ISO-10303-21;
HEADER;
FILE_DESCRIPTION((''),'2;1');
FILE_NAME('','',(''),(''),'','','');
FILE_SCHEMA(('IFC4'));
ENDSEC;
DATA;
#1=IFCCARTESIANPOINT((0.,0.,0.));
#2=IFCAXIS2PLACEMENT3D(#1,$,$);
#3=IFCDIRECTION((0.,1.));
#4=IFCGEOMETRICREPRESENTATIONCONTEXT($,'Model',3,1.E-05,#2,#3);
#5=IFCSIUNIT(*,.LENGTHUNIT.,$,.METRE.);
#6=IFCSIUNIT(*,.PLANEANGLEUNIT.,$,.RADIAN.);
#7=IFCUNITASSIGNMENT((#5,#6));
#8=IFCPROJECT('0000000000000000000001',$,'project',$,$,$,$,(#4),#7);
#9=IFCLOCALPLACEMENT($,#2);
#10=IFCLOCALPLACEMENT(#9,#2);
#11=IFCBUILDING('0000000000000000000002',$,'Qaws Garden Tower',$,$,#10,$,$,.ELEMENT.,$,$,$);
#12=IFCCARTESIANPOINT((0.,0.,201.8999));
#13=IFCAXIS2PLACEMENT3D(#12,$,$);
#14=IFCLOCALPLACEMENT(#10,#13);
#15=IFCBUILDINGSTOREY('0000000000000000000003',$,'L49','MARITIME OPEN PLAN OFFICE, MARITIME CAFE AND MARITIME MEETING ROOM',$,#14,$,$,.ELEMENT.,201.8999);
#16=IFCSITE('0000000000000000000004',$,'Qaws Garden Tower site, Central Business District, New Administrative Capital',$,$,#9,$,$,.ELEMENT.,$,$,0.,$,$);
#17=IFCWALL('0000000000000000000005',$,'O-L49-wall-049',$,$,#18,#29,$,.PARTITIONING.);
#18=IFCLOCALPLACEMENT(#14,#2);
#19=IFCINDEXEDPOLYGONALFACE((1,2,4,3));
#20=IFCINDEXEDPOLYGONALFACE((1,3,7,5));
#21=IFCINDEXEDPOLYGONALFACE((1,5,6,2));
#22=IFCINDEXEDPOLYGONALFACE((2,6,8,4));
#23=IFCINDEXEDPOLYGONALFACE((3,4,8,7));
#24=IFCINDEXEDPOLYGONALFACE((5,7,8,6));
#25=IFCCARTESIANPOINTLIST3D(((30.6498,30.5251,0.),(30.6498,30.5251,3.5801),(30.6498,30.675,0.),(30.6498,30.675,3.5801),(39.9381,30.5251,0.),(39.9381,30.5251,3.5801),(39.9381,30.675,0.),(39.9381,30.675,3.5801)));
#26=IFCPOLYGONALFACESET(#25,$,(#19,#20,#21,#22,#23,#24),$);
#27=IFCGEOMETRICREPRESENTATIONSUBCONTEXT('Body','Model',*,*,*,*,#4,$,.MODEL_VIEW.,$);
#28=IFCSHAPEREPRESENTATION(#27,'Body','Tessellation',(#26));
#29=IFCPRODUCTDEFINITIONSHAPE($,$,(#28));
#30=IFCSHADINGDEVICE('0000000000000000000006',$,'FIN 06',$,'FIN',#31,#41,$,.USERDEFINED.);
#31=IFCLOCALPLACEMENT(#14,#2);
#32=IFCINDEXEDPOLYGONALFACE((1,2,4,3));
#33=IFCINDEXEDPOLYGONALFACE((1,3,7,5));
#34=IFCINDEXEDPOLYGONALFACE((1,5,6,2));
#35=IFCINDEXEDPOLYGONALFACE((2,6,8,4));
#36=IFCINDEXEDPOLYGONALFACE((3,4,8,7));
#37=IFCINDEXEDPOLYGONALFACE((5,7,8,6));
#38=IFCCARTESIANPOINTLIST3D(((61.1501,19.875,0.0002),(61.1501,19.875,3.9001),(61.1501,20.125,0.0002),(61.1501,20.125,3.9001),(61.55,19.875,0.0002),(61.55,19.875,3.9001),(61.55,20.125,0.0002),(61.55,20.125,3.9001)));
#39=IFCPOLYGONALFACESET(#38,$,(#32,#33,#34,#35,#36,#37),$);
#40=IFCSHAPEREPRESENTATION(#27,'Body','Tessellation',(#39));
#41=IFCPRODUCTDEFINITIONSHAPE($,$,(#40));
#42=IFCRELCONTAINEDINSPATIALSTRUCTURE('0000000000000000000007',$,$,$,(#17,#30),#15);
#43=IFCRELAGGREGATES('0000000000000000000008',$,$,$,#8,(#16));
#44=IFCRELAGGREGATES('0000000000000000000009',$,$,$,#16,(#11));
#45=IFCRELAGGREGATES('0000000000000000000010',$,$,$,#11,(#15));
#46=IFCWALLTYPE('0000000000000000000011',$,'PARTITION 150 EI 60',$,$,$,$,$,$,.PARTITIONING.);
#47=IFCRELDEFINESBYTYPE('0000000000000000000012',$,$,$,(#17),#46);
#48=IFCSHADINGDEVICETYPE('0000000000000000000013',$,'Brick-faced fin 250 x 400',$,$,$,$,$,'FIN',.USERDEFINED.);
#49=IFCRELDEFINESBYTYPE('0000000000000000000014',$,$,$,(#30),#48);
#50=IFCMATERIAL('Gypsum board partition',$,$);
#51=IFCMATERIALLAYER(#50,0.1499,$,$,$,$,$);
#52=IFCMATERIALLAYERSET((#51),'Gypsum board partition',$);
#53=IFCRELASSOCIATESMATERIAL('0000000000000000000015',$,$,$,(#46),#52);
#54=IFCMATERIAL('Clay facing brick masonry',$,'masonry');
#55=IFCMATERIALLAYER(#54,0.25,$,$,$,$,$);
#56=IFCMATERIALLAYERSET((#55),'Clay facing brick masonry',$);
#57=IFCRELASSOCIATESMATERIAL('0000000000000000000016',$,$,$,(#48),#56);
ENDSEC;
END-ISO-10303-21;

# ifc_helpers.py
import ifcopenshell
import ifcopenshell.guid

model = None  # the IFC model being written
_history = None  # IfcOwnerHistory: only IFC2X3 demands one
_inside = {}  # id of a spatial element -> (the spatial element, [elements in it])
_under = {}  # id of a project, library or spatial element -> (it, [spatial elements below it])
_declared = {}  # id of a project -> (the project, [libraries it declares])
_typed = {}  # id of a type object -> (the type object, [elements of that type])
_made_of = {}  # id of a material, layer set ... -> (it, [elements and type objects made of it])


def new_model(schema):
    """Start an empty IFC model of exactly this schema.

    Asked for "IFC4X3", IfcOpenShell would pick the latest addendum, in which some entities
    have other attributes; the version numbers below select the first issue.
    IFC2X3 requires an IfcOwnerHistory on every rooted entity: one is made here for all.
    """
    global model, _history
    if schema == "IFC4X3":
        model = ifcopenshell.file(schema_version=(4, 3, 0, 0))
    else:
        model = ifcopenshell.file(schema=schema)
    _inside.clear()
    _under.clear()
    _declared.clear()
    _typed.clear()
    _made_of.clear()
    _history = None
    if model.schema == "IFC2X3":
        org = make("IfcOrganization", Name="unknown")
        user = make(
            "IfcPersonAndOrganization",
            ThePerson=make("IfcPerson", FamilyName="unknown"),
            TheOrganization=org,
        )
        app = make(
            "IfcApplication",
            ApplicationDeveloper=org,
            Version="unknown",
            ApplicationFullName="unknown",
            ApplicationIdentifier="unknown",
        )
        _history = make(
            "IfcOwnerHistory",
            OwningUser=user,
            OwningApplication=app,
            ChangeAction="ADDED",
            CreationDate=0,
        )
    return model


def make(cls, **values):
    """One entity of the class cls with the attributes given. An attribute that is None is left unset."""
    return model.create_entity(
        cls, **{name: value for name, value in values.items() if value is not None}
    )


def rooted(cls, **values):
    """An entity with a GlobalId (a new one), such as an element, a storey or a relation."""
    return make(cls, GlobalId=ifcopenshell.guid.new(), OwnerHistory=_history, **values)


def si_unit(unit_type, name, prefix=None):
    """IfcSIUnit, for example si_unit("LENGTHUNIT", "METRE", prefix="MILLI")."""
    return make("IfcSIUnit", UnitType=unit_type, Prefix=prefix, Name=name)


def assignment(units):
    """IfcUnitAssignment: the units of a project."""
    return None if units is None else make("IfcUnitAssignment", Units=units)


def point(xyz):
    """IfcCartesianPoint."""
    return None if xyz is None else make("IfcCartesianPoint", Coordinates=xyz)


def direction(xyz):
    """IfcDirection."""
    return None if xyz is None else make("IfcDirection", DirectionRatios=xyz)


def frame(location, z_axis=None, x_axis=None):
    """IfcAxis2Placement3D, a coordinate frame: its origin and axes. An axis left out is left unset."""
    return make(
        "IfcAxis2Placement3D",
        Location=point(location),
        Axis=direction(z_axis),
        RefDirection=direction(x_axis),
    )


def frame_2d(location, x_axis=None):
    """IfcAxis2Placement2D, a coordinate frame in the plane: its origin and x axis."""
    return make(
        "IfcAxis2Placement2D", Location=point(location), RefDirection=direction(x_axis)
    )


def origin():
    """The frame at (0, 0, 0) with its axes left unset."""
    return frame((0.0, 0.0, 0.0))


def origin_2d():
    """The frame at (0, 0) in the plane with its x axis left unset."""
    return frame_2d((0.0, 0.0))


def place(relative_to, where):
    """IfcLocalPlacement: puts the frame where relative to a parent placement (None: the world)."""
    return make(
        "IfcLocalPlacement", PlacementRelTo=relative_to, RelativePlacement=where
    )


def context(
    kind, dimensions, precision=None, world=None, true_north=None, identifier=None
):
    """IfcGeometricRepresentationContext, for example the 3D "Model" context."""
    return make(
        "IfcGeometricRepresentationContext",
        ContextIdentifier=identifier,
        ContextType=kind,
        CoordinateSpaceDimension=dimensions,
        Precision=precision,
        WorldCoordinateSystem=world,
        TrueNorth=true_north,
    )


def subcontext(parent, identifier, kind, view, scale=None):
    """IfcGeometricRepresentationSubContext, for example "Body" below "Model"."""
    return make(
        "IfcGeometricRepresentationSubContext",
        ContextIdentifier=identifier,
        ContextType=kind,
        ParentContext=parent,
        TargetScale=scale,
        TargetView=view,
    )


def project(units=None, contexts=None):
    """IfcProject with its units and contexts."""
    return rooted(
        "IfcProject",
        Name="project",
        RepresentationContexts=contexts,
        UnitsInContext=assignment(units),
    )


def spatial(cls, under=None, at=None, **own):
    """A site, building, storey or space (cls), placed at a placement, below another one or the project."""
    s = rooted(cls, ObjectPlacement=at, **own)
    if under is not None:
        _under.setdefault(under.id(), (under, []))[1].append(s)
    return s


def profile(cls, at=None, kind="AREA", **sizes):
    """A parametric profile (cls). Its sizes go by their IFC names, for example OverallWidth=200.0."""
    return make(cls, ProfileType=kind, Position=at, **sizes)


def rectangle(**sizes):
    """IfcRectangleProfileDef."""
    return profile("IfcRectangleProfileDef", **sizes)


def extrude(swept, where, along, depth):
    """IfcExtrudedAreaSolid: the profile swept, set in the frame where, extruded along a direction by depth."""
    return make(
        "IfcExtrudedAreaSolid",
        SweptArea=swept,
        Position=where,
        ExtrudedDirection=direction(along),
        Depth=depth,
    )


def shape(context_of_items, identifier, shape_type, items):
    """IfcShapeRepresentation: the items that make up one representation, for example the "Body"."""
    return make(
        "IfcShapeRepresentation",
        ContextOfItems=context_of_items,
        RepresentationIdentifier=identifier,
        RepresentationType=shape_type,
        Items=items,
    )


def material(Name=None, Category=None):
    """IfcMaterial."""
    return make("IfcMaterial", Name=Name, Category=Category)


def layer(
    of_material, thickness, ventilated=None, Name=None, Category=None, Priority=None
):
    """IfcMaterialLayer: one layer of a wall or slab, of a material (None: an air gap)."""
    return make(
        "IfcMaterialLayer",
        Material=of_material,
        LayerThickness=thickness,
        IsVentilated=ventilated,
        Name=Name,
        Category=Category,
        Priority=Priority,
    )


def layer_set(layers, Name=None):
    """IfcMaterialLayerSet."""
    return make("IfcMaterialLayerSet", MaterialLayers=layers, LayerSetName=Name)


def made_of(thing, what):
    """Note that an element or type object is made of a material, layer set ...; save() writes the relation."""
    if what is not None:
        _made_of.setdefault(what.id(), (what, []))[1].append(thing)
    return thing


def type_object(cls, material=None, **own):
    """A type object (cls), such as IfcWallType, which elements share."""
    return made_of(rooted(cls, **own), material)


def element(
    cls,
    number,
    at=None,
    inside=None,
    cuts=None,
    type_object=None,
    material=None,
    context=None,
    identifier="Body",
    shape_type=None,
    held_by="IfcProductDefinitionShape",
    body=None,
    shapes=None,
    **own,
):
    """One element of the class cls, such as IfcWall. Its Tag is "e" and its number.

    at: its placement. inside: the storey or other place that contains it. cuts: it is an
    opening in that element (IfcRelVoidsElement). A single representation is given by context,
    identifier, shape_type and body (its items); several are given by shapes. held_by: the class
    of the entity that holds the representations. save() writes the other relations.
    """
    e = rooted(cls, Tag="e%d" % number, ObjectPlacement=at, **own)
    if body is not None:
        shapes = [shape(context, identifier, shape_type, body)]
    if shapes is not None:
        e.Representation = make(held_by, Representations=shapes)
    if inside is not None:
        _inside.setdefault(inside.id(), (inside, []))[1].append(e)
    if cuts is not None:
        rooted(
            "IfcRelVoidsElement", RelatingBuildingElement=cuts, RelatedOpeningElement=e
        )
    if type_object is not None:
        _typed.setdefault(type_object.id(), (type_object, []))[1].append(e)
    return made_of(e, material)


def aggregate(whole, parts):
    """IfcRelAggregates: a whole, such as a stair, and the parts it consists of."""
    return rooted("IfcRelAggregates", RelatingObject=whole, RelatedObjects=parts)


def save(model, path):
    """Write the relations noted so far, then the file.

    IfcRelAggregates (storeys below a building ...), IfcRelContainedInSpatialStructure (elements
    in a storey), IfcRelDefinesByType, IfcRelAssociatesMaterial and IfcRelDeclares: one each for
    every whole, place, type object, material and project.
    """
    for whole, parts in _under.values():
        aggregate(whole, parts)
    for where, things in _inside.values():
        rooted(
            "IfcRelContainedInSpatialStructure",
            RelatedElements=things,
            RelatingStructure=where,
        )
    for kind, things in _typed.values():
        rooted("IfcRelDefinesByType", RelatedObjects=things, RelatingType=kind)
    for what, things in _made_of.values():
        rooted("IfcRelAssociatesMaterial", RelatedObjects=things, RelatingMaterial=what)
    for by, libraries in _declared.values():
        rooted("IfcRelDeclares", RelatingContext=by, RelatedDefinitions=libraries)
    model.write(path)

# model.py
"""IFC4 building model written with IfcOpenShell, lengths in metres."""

from ifc_helpers import new_model, si_unit, direction, frame, frame_2d, origin, origin_2d, place, context, subcontext, project, spatial, rectangle, extrude, material, layer, layer_set, type_object, element, save


model = new_model("IFC4")

# Units and contexts
model_context = context("Model", 3, precision=1e-05, world=origin(), true_north=direction((0.0, 1.0)))
body_context = subcontext(model_context, "Body", "Model", "MODEL_VIEW")
ifc_project = project(units=[si_unit("LENGTHUNIT", "METRE"), si_unit("PLANEANGLEUNIT", "RADIAN")], contexts=[model_context])

# Site, building, storey
site_placement = place(None, origin())
site = spatial("IfcSite", under=ifc_project, at=site_placement, Name="Qaws Garden Tower site, Central Business District, New Administrative Capital", CompositionType="ELEMENT", RefElevation=0.0)
building_placement = place(site_placement, origin())
building = spatial("IfcBuilding", under=site, at=building_placement, Name="Qaws Garden Tower", CompositionType="ELEMENT")
storey_placement = place(building_placement, frame((0.0, 0.0, 201.8999)))
storey = spatial("IfcBuildingStorey", under=building, at=storey_placement, Name="L49", Description="MARITIME OPEN PLAN OFFICE, MARITIME CAFE AND MARITIME MEETING ROOM", CompositionType="ELEMENT", Elevation=201.8999)

# Shared definitions
ifc_material_1 = material(Name="Gypsum board partition")
ifc_layer_1 = layer(ifc_material_1, 0.1499)
ifc_layer_set_1 = layer_set([ifc_layer_1], Name="Gypsum board partition")
wall_type_1 = type_object("IfcWallType", Name="PARTITION 150 EI 60", PredefinedType="PARTITIONING", material=ifc_layer_set_1)

# Wall
wall_1_placement = place(storey_placement, frame((30.6499, 30.6001, 0.0), z_axis=(0.0, 0.0, 1.0), x_axis=(1.0, 0.0, 0.0)))
element("IfcWall", 1, at=wall_1_placement, inside=storey, type_object=wall_type_1, Name="O-L49-wall-049", PredefinedType="PARTITIONING", context=body_context, shape_type="SweptSolid", body=[
    extrude(rectangle(XDim=9.2883, YDim=0.1499, at=frame_2d((4.644, 0.0))), origin(), (0.0, 0.0, 1.0), 3.5801),
])

# Shading device
ifc_material_2 = material(Name="Clay facing brick masonry", Category="masonry")
ifc_layer_2 = layer(ifc_material_2, 0.25)
ifc_layer_set_2 = layer_set([ifc_layer_2], Name="Clay facing brick masonry")
shading_device_type = type_object("IfcShadingDeviceType", Name="Brick-faced fin 250 x 400", ElementType="FIN", PredefinedType="USERDEFINED", material=ifc_layer_set_2)
shading_device_placement = place(storey_placement, frame((61.3501, 20.0, 0.0002), z_axis=(0.0, 0.0, 1.0), x_axis=(0.0, 1.0, 0.0)))
element("IfcShadingDevice", 2, at=shading_device_placement, inside=storey, type_object=shading_device_type, Name="FIN 06", ObjectType="FIN", PredefinedType="USERDEFINED", context=body_context, shape_type="SweptSolid", body=[
    extrude(rectangle(XDim=0.25, YDim=0.3999, at=origin_2d()), origin(), (0.0, 0.0, 1.0), 3.8999),
])

save(model, "model.ifc")
